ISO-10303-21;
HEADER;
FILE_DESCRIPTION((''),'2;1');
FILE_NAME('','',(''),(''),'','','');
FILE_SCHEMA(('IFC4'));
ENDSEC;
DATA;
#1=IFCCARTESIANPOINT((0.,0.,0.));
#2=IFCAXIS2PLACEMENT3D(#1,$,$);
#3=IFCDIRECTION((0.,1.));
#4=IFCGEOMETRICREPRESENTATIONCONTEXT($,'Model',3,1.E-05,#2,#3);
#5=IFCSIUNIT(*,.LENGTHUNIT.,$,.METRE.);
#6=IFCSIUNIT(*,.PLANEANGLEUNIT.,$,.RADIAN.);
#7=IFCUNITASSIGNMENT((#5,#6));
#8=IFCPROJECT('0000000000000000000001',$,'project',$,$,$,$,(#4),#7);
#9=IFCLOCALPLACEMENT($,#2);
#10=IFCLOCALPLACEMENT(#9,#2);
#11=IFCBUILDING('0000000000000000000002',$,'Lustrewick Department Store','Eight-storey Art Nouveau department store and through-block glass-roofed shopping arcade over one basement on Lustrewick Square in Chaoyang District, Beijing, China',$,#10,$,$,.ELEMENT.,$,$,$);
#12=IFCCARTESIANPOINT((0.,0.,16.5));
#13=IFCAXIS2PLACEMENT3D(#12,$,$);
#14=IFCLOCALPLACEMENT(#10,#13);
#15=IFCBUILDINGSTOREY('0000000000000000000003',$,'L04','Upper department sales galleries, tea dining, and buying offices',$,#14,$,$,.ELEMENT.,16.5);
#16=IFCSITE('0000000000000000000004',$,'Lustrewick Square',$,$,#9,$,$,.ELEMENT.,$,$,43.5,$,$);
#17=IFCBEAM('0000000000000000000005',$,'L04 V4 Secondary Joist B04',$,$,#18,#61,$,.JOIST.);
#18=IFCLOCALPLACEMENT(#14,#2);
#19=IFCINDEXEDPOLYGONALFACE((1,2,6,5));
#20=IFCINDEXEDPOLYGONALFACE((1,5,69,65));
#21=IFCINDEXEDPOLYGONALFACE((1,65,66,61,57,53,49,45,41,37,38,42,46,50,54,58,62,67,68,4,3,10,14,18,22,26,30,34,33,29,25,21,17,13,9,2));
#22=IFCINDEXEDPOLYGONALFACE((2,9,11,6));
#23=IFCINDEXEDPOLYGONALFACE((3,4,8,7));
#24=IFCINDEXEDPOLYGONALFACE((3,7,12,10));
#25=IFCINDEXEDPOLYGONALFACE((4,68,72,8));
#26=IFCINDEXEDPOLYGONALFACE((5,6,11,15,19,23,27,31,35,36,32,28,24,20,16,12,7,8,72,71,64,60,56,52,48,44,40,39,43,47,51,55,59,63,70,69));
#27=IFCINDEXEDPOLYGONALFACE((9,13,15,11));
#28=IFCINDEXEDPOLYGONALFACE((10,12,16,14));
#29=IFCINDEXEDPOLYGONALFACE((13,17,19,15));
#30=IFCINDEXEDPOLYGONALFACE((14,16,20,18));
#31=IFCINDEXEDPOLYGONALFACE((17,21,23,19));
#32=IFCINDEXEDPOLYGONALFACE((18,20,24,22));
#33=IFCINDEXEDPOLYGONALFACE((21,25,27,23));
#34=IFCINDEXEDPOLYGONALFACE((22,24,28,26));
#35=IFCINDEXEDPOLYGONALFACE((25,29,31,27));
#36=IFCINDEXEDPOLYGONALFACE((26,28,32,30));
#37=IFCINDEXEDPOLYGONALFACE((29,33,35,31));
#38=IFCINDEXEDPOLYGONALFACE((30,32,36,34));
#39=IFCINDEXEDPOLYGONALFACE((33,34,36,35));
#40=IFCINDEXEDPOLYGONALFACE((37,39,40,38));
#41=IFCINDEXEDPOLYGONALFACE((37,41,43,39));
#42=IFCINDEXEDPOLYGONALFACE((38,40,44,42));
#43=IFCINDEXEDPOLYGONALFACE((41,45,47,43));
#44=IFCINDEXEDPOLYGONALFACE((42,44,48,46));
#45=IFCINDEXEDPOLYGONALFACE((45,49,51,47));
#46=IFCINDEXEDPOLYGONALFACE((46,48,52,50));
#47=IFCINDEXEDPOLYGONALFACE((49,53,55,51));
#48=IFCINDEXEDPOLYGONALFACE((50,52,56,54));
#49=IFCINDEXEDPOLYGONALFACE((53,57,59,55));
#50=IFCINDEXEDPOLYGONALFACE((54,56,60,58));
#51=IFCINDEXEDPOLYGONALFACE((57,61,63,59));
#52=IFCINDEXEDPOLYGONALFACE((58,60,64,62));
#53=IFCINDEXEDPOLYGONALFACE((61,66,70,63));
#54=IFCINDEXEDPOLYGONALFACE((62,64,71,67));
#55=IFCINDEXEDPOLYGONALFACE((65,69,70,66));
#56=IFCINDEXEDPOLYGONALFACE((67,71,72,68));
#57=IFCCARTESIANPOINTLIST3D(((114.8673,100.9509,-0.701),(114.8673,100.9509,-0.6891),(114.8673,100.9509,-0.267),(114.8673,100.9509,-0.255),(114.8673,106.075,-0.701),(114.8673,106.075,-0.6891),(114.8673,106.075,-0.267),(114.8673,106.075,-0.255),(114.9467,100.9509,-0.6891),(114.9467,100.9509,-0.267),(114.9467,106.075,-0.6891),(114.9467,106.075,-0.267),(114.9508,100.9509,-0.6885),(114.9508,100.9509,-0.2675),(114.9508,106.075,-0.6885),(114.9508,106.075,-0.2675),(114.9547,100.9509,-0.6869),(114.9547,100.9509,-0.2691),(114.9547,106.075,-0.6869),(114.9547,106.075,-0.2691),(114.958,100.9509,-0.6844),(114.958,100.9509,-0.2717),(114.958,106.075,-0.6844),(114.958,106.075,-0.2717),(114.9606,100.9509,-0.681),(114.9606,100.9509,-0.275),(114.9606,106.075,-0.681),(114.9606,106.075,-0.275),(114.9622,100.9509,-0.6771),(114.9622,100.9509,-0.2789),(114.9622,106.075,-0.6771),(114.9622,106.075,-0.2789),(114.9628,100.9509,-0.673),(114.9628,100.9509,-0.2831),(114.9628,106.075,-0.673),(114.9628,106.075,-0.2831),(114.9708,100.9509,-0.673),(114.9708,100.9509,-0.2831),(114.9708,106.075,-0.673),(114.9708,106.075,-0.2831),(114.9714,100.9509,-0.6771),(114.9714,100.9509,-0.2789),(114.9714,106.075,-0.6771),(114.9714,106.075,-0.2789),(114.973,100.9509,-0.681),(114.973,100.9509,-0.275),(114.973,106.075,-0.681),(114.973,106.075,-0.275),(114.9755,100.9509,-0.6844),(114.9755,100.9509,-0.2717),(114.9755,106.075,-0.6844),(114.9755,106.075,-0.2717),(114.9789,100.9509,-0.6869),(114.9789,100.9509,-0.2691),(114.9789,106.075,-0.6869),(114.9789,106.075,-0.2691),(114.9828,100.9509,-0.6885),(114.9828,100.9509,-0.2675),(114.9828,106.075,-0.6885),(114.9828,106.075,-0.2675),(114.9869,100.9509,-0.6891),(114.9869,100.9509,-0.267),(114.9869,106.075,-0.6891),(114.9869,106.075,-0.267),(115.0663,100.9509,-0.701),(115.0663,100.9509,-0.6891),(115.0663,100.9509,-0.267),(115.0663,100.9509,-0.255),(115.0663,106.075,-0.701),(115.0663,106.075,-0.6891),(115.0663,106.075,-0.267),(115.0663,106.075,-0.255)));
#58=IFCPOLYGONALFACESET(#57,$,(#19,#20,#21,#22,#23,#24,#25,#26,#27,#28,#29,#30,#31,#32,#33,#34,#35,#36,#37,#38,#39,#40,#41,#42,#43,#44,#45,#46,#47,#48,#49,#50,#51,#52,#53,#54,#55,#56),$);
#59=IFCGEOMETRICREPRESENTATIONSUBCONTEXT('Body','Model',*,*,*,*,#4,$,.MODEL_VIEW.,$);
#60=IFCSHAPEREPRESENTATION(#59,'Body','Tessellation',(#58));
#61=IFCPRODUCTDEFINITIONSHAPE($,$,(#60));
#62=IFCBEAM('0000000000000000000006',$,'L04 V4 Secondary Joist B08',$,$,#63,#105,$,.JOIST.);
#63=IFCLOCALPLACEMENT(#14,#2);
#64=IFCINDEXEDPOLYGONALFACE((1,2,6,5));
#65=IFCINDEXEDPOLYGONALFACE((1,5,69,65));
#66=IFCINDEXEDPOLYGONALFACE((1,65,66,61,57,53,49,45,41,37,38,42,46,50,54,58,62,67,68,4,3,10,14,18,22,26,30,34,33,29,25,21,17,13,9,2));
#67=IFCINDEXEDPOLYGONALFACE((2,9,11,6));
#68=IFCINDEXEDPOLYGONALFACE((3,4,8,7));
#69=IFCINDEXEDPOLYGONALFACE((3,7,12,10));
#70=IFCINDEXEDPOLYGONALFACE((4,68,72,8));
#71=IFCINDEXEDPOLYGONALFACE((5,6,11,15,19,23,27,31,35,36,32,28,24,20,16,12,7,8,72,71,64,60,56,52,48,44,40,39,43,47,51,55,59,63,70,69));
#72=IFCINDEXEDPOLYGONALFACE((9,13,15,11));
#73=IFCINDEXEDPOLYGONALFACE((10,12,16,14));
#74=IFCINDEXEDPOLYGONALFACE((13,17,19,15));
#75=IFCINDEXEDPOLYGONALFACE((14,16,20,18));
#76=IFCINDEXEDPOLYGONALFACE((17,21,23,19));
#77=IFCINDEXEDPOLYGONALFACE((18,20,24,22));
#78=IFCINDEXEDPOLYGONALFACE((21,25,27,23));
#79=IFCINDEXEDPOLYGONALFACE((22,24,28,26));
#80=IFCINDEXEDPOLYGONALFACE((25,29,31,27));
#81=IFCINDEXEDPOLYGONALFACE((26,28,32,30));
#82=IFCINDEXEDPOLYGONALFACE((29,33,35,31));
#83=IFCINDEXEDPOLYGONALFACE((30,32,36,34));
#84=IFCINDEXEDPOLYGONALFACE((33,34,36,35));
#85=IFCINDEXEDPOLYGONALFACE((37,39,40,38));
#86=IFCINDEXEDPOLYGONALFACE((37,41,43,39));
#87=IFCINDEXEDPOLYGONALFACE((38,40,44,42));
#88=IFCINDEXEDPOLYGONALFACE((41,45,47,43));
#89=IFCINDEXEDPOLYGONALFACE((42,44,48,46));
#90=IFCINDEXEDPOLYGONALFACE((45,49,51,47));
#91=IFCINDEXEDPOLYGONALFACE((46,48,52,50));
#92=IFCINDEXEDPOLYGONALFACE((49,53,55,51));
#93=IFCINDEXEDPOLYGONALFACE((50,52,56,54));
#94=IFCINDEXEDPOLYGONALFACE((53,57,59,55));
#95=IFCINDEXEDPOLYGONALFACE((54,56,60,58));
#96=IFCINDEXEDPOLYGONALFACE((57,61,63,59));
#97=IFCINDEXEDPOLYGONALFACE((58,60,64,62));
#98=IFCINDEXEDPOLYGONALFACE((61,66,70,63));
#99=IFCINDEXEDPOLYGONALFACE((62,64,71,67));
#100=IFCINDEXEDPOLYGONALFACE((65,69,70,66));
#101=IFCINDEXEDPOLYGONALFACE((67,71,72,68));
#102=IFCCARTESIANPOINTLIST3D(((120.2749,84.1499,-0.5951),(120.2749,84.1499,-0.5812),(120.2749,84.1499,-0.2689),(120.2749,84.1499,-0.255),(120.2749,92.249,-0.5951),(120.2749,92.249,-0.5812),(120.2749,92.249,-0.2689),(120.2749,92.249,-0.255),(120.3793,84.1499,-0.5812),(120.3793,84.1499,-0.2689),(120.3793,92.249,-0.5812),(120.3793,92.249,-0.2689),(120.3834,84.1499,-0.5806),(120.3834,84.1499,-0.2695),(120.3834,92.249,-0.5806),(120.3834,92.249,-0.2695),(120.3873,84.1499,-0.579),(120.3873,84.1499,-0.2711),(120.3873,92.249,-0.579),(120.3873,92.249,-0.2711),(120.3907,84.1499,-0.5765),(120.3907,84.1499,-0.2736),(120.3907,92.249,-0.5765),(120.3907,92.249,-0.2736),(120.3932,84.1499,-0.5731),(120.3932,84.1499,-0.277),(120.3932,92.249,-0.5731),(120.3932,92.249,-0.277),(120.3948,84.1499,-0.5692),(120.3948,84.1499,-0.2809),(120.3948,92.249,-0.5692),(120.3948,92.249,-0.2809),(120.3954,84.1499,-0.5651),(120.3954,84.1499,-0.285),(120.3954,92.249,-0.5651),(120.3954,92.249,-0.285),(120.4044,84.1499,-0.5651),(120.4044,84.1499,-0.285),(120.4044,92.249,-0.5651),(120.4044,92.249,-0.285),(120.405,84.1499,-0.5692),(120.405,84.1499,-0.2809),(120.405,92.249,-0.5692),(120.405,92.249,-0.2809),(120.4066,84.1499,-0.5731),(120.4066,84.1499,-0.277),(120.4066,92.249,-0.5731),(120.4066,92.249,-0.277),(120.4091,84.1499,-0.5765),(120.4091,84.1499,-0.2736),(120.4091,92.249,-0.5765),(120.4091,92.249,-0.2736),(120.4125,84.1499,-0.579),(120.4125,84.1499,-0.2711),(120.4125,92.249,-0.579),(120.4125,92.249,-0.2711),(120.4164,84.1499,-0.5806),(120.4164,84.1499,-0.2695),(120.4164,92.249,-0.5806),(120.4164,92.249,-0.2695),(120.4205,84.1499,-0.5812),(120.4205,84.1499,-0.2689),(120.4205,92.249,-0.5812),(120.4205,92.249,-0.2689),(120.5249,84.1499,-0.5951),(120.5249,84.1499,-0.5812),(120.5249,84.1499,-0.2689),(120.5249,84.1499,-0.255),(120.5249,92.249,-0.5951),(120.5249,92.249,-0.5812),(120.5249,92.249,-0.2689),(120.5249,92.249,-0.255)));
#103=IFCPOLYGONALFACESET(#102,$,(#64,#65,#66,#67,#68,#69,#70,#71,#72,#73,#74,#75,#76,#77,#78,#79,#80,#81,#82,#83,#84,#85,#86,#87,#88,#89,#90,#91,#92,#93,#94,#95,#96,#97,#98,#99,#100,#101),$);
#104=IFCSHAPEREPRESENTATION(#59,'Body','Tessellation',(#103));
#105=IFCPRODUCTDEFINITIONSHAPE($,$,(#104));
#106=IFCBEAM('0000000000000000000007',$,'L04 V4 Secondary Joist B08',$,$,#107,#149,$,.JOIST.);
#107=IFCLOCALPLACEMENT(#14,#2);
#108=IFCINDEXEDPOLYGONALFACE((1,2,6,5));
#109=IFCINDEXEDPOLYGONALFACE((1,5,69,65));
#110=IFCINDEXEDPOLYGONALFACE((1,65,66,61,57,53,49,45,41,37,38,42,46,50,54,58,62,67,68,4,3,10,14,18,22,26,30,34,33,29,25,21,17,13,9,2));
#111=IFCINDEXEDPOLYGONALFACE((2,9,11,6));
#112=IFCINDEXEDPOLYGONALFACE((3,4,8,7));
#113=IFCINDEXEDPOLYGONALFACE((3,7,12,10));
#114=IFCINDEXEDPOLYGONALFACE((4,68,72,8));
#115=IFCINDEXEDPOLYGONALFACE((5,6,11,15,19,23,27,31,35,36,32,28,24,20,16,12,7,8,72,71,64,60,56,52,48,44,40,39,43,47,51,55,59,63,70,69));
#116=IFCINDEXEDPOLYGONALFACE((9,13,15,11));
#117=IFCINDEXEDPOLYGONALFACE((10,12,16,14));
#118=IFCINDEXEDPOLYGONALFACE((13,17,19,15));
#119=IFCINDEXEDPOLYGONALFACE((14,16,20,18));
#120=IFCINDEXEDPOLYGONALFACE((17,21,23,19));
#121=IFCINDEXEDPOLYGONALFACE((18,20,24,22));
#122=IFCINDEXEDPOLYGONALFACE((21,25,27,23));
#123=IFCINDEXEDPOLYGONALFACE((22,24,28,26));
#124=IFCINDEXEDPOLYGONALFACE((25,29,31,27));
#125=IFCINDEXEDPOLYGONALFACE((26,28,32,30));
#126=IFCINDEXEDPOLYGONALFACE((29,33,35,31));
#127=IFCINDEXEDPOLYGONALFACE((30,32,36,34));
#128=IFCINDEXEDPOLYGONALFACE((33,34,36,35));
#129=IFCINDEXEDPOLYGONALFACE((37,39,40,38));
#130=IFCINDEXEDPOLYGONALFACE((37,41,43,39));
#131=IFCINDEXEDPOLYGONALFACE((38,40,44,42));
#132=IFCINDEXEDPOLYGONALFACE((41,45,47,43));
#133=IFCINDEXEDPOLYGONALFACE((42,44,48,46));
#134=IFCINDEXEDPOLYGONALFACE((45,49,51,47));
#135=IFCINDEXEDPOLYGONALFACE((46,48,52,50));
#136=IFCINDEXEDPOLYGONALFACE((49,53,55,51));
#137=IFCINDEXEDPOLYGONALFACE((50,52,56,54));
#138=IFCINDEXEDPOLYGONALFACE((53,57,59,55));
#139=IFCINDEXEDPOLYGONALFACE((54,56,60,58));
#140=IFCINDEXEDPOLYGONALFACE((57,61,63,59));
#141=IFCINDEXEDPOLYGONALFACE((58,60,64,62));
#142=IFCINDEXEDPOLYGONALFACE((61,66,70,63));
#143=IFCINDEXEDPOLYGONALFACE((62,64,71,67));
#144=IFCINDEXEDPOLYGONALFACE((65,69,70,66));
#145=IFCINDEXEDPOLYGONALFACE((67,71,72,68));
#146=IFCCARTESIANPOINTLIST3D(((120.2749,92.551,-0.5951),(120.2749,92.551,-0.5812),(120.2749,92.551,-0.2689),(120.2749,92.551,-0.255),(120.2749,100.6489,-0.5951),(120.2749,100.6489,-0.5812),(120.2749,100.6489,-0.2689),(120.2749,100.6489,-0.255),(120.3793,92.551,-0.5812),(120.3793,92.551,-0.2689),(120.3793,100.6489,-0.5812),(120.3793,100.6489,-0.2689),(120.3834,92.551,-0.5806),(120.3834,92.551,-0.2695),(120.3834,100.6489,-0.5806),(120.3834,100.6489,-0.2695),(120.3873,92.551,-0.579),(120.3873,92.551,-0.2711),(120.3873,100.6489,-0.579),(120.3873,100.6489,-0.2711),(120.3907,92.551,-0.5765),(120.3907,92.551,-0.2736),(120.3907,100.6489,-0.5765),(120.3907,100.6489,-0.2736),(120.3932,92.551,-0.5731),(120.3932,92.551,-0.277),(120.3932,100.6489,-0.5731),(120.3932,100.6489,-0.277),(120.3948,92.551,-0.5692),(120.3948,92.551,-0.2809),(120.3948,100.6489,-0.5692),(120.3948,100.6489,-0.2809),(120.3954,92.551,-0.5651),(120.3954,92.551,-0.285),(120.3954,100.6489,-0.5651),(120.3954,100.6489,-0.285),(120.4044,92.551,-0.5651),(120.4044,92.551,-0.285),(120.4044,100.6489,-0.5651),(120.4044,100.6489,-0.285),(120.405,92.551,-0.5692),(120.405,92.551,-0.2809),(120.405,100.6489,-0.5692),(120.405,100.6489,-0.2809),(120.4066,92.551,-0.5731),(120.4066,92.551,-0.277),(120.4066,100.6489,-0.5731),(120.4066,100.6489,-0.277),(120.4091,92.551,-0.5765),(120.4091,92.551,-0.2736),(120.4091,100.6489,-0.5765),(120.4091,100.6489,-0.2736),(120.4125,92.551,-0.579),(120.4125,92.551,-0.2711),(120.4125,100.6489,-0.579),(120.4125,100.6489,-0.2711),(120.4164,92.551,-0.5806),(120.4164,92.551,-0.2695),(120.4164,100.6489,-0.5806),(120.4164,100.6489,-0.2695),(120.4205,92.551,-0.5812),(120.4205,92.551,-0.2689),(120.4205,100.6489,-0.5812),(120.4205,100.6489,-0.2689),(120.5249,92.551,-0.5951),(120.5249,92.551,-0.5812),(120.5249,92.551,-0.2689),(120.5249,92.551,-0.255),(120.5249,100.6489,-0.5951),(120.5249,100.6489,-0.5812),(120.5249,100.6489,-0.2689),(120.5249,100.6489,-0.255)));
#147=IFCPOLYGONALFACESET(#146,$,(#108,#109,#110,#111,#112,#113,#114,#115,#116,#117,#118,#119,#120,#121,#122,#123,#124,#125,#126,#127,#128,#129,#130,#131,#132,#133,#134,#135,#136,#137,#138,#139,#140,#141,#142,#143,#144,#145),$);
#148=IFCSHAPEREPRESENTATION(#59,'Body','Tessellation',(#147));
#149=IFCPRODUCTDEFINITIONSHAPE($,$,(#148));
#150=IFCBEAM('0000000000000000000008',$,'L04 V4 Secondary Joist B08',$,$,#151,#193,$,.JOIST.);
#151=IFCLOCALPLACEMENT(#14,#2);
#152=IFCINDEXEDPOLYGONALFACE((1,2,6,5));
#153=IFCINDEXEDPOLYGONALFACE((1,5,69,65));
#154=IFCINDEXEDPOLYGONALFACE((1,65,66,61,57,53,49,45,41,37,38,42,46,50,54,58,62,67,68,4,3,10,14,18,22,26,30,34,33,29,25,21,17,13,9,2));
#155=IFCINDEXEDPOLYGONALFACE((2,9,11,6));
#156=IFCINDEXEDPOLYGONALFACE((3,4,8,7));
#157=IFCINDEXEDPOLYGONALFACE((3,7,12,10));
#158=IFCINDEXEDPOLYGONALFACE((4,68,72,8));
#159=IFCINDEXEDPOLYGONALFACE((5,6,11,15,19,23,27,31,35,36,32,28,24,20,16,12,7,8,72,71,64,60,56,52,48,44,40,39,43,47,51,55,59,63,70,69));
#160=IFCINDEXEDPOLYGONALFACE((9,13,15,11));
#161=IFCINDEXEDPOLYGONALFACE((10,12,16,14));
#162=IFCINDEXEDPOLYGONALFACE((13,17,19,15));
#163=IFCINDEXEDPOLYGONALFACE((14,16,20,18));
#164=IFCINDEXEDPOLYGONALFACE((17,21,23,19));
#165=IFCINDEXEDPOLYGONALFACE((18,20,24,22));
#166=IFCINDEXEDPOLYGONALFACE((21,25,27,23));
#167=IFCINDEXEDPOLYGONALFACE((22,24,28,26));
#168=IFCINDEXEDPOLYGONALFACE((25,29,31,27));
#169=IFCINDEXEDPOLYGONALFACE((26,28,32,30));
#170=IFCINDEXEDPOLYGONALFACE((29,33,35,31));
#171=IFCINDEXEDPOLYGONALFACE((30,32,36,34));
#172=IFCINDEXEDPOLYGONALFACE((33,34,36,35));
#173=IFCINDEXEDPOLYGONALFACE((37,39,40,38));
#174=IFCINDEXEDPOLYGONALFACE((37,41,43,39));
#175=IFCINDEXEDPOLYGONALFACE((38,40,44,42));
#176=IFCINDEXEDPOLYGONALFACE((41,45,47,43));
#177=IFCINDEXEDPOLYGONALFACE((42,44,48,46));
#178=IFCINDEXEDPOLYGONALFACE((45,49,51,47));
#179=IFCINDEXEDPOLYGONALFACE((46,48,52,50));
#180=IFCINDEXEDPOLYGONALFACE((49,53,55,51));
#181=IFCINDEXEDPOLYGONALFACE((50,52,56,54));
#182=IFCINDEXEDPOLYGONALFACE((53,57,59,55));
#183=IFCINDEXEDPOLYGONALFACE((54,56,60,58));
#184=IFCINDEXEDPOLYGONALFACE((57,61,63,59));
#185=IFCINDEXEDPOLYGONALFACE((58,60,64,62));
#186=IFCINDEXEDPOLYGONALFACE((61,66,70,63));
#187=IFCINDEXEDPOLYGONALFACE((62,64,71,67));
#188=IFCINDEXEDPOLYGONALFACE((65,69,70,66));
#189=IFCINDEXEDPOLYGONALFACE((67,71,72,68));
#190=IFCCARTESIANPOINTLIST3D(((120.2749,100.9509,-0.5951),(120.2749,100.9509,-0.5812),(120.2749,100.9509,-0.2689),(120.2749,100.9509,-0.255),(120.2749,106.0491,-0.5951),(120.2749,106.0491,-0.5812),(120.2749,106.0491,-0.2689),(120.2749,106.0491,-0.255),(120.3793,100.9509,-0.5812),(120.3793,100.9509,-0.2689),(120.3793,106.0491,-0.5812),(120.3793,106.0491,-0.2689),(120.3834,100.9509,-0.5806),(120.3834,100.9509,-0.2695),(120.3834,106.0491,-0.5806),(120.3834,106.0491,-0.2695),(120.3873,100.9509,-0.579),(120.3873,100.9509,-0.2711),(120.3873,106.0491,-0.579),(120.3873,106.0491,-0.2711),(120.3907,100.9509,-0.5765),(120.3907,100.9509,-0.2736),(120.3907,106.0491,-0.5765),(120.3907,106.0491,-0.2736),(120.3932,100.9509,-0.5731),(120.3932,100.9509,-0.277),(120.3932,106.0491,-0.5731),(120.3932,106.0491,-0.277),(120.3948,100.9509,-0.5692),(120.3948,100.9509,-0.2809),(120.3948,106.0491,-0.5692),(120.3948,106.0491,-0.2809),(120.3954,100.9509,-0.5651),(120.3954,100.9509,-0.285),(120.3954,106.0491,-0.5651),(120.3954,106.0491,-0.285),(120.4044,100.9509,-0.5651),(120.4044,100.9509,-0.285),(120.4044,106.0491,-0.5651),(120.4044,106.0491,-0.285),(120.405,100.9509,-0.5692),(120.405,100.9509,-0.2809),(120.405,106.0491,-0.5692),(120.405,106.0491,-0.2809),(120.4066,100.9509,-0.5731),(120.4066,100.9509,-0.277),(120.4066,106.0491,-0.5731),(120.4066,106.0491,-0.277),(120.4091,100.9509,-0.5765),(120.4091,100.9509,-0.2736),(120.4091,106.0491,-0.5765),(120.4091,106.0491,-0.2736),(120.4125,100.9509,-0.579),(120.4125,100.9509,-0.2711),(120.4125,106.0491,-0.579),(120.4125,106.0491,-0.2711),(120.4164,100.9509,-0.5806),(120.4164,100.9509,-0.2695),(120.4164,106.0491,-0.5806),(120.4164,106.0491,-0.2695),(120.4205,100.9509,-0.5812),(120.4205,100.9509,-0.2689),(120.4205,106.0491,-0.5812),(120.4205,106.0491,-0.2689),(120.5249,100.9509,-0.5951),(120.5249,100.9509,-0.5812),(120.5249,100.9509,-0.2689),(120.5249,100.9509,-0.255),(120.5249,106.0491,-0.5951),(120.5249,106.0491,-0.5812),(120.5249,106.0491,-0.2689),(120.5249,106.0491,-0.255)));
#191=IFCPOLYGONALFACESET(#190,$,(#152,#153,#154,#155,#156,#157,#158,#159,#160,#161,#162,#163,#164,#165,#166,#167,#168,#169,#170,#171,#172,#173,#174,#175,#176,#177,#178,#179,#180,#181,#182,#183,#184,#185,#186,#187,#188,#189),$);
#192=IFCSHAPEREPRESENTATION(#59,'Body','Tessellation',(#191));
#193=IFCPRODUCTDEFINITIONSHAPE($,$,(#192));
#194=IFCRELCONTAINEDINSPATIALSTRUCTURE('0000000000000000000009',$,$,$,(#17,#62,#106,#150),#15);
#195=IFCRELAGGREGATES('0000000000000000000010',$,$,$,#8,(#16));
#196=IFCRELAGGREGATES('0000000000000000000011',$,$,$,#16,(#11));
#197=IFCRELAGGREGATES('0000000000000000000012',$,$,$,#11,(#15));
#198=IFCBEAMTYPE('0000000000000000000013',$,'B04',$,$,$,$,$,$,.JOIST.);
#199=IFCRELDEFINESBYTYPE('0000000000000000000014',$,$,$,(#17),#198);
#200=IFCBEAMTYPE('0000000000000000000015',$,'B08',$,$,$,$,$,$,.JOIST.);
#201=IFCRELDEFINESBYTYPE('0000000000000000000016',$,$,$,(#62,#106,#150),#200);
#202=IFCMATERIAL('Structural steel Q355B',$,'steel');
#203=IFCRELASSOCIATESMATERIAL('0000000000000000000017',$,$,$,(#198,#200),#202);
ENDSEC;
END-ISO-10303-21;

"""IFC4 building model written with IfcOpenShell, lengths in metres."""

from ifc_helpers import new_model, si_unit, direction, frame, origin, origin_2d, place, context, subcontext, project, spatial, i_section, extrude, material, material_profile, profile_set, type_object, element, save


model = new_model("IFC4")

# Units and contexts
model_context = context("Model", 3, precision=1e-05, world=origin(), true_north=direction((0.0, 1.0)))
body_context = subcontext(model_context, "Body", "Model", "MODEL_VIEW")
ifc_project = project(units=[si_unit("LENGTHUNIT", "METRE"), si_unit("PLANEANGLEUNIT", "RADIAN")], contexts=[model_context])

# Site, building, storey
site_placement = place(None, origin())
site = spatial("IfcSite", under=ifc_project, at=site_placement, Name="Lustrewick Square", CompositionType="ELEMENT", RefElevation=43.5)
building_placement = place(site_placement, origin())
building = spatial("IfcBuilding", under=site, at=building_placement, Name="Lustrewick Department Store", Description="Eight-storey Art Nouveau department store and through-block glass-roofed shopping arcade over one basement on Lustrewick Square in Chaoyang District, Beijing, China", CompositionType="ELEMENT")
storey_placement = place(building_placement, frame((0.0, 0.0, 16.5)))
storey = spatial("IfcBuildingStorey", under=building, at=storey_placement, Name="L04", Description="Upper department sales galleries, tea dining, and buying offices", CompositionType="ELEMENT", Elevation=16.5)

# Shared definitions
ifc_material_1 = material(Name="Structural steel Q355B", Category="steel")

# Beams
ifc_material_profile_1 = material_profile(ifc_material_1, i_section(OverallWidth=0.199, OverallDepth=0.446, WebThickness=0.0081, FlangeThickness=0.012, FilletRadius=0.0161, at=origin_2d()), Name="HN 446x199x8x12")
ifc_profile_set_1 = profile_set([ifc_material_profile_1], Name="Structural steel Q355B")
beam_type_1 = type_object("IfcBeamType", Name="B04", PredefinedType="JOIST", material=ifc_profile_set_1)
beam_1_placement = place(storey_placement, frame((114.9668, 100.9509, -0.478), z_axis=(0.0, 1.0, 0.0), x_axis=(-1.0, 0.0, 0.0)))
element("IfcBeam", 1, at=beam_1_placement, inside=storey, type_object=beam_type_1, Name="L04 V4 Secondary Joist B04", PredefinedType="JOIST", context=body_context, shape_type="SweptSolid", body=[
    extrude(i_section(OverallWidth=0.199, OverallDepth=0.446, WebThickness=0.0081, FlangeThickness=0.012, FilletRadius=0.0161, at=origin_2d()), origin(), (0.0, 0.0, 1.0), 5.124),
])
ifc_material_profile_2 = material_profile(ifc_material_1, i_section(OverallWidth=0.25, OverallDepth=0.3401, WebThickness=0.009, FlangeThickness=0.0139, FilletRadius=0.0161, at=origin_2d()), Name="HM 340x250x9x14")
ifc_profile_set_2 = profile_set([ifc_material_profile_2], Name="Structural steel Q355B")
beam_type_2 = type_object("IfcBeamType", Name="B08", PredefinedType="JOIST", material=ifc_profile_set_2)
beam_2_placement = place(storey_placement, frame((120.3999, 84.1499, -0.425), z_axis=(0.0, 1.0, 0.0), x_axis=(-1.0, 0.0, 0.0)))
element("IfcBeam", 2, at=beam_2_placement, inside=storey, type_object=beam_type_2, Name="L04 V4 Secondary Joist B08", PredefinedType="JOIST", context=body_context, shape_type="SweptSolid", body=[
    extrude(i_section(OverallWidth=0.25, OverallDepth=0.3401, WebThickness=0.009, FlangeThickness=0.0139, FilletRadius=0.0161, at=origin_2d()), origin(), (0.0, 0.0, 1.0), 8.0991),
])
beam_3_placement = place(storey_placement, frame((120.3999, 92.551, -0.425), z_axis=(0.0, 1.0, 0.0), x_axis=(-1.0, 0.0, 0.0)))
element("IfcBeam", 3, at=beam_3_placement, inside=storey, type_object=beam_type_2, Name="L04 V4 Secondary Joist B08", PredefinedType="JOIST", context=body_context, shape_type="SweptSolid", body=[
    extrude(i_section(OverallWidth=0.25, OverallDepth=0.3401, WebThickness=0.009, FlangeThickness=0.0139, FilletRadius=0.0161, at=origin_2d()), origin(), (0.0, 0.0, 1.0), 8.0979),
])
beam_4_placement = place(storey_placement, frame((120.3999, 100.9509, -0.425), z_axis=(0.0, 1.0, 0.0), x_axis=(-1.0, 0.0, 0.0)))
element("IfcBeam", 4, at=beam_4_placement, inside=storey, type_object=beam_type_2, Name="L04 V4 Secondary Joist B08", PredefinedType="JOIST", context=body_context, shape_type="SweptSolid", body=[
    extrude(i_section(OverallWidth=0.25, OverallDepth=0.3401, WebThickness=0.009, FlangeThickness=0.0139, FilletRadius=0.0161, at=origin_2d()), origin(), (0.0, 0.0, 1.0), 5.0981),
])

save(model, "model.ifc")
